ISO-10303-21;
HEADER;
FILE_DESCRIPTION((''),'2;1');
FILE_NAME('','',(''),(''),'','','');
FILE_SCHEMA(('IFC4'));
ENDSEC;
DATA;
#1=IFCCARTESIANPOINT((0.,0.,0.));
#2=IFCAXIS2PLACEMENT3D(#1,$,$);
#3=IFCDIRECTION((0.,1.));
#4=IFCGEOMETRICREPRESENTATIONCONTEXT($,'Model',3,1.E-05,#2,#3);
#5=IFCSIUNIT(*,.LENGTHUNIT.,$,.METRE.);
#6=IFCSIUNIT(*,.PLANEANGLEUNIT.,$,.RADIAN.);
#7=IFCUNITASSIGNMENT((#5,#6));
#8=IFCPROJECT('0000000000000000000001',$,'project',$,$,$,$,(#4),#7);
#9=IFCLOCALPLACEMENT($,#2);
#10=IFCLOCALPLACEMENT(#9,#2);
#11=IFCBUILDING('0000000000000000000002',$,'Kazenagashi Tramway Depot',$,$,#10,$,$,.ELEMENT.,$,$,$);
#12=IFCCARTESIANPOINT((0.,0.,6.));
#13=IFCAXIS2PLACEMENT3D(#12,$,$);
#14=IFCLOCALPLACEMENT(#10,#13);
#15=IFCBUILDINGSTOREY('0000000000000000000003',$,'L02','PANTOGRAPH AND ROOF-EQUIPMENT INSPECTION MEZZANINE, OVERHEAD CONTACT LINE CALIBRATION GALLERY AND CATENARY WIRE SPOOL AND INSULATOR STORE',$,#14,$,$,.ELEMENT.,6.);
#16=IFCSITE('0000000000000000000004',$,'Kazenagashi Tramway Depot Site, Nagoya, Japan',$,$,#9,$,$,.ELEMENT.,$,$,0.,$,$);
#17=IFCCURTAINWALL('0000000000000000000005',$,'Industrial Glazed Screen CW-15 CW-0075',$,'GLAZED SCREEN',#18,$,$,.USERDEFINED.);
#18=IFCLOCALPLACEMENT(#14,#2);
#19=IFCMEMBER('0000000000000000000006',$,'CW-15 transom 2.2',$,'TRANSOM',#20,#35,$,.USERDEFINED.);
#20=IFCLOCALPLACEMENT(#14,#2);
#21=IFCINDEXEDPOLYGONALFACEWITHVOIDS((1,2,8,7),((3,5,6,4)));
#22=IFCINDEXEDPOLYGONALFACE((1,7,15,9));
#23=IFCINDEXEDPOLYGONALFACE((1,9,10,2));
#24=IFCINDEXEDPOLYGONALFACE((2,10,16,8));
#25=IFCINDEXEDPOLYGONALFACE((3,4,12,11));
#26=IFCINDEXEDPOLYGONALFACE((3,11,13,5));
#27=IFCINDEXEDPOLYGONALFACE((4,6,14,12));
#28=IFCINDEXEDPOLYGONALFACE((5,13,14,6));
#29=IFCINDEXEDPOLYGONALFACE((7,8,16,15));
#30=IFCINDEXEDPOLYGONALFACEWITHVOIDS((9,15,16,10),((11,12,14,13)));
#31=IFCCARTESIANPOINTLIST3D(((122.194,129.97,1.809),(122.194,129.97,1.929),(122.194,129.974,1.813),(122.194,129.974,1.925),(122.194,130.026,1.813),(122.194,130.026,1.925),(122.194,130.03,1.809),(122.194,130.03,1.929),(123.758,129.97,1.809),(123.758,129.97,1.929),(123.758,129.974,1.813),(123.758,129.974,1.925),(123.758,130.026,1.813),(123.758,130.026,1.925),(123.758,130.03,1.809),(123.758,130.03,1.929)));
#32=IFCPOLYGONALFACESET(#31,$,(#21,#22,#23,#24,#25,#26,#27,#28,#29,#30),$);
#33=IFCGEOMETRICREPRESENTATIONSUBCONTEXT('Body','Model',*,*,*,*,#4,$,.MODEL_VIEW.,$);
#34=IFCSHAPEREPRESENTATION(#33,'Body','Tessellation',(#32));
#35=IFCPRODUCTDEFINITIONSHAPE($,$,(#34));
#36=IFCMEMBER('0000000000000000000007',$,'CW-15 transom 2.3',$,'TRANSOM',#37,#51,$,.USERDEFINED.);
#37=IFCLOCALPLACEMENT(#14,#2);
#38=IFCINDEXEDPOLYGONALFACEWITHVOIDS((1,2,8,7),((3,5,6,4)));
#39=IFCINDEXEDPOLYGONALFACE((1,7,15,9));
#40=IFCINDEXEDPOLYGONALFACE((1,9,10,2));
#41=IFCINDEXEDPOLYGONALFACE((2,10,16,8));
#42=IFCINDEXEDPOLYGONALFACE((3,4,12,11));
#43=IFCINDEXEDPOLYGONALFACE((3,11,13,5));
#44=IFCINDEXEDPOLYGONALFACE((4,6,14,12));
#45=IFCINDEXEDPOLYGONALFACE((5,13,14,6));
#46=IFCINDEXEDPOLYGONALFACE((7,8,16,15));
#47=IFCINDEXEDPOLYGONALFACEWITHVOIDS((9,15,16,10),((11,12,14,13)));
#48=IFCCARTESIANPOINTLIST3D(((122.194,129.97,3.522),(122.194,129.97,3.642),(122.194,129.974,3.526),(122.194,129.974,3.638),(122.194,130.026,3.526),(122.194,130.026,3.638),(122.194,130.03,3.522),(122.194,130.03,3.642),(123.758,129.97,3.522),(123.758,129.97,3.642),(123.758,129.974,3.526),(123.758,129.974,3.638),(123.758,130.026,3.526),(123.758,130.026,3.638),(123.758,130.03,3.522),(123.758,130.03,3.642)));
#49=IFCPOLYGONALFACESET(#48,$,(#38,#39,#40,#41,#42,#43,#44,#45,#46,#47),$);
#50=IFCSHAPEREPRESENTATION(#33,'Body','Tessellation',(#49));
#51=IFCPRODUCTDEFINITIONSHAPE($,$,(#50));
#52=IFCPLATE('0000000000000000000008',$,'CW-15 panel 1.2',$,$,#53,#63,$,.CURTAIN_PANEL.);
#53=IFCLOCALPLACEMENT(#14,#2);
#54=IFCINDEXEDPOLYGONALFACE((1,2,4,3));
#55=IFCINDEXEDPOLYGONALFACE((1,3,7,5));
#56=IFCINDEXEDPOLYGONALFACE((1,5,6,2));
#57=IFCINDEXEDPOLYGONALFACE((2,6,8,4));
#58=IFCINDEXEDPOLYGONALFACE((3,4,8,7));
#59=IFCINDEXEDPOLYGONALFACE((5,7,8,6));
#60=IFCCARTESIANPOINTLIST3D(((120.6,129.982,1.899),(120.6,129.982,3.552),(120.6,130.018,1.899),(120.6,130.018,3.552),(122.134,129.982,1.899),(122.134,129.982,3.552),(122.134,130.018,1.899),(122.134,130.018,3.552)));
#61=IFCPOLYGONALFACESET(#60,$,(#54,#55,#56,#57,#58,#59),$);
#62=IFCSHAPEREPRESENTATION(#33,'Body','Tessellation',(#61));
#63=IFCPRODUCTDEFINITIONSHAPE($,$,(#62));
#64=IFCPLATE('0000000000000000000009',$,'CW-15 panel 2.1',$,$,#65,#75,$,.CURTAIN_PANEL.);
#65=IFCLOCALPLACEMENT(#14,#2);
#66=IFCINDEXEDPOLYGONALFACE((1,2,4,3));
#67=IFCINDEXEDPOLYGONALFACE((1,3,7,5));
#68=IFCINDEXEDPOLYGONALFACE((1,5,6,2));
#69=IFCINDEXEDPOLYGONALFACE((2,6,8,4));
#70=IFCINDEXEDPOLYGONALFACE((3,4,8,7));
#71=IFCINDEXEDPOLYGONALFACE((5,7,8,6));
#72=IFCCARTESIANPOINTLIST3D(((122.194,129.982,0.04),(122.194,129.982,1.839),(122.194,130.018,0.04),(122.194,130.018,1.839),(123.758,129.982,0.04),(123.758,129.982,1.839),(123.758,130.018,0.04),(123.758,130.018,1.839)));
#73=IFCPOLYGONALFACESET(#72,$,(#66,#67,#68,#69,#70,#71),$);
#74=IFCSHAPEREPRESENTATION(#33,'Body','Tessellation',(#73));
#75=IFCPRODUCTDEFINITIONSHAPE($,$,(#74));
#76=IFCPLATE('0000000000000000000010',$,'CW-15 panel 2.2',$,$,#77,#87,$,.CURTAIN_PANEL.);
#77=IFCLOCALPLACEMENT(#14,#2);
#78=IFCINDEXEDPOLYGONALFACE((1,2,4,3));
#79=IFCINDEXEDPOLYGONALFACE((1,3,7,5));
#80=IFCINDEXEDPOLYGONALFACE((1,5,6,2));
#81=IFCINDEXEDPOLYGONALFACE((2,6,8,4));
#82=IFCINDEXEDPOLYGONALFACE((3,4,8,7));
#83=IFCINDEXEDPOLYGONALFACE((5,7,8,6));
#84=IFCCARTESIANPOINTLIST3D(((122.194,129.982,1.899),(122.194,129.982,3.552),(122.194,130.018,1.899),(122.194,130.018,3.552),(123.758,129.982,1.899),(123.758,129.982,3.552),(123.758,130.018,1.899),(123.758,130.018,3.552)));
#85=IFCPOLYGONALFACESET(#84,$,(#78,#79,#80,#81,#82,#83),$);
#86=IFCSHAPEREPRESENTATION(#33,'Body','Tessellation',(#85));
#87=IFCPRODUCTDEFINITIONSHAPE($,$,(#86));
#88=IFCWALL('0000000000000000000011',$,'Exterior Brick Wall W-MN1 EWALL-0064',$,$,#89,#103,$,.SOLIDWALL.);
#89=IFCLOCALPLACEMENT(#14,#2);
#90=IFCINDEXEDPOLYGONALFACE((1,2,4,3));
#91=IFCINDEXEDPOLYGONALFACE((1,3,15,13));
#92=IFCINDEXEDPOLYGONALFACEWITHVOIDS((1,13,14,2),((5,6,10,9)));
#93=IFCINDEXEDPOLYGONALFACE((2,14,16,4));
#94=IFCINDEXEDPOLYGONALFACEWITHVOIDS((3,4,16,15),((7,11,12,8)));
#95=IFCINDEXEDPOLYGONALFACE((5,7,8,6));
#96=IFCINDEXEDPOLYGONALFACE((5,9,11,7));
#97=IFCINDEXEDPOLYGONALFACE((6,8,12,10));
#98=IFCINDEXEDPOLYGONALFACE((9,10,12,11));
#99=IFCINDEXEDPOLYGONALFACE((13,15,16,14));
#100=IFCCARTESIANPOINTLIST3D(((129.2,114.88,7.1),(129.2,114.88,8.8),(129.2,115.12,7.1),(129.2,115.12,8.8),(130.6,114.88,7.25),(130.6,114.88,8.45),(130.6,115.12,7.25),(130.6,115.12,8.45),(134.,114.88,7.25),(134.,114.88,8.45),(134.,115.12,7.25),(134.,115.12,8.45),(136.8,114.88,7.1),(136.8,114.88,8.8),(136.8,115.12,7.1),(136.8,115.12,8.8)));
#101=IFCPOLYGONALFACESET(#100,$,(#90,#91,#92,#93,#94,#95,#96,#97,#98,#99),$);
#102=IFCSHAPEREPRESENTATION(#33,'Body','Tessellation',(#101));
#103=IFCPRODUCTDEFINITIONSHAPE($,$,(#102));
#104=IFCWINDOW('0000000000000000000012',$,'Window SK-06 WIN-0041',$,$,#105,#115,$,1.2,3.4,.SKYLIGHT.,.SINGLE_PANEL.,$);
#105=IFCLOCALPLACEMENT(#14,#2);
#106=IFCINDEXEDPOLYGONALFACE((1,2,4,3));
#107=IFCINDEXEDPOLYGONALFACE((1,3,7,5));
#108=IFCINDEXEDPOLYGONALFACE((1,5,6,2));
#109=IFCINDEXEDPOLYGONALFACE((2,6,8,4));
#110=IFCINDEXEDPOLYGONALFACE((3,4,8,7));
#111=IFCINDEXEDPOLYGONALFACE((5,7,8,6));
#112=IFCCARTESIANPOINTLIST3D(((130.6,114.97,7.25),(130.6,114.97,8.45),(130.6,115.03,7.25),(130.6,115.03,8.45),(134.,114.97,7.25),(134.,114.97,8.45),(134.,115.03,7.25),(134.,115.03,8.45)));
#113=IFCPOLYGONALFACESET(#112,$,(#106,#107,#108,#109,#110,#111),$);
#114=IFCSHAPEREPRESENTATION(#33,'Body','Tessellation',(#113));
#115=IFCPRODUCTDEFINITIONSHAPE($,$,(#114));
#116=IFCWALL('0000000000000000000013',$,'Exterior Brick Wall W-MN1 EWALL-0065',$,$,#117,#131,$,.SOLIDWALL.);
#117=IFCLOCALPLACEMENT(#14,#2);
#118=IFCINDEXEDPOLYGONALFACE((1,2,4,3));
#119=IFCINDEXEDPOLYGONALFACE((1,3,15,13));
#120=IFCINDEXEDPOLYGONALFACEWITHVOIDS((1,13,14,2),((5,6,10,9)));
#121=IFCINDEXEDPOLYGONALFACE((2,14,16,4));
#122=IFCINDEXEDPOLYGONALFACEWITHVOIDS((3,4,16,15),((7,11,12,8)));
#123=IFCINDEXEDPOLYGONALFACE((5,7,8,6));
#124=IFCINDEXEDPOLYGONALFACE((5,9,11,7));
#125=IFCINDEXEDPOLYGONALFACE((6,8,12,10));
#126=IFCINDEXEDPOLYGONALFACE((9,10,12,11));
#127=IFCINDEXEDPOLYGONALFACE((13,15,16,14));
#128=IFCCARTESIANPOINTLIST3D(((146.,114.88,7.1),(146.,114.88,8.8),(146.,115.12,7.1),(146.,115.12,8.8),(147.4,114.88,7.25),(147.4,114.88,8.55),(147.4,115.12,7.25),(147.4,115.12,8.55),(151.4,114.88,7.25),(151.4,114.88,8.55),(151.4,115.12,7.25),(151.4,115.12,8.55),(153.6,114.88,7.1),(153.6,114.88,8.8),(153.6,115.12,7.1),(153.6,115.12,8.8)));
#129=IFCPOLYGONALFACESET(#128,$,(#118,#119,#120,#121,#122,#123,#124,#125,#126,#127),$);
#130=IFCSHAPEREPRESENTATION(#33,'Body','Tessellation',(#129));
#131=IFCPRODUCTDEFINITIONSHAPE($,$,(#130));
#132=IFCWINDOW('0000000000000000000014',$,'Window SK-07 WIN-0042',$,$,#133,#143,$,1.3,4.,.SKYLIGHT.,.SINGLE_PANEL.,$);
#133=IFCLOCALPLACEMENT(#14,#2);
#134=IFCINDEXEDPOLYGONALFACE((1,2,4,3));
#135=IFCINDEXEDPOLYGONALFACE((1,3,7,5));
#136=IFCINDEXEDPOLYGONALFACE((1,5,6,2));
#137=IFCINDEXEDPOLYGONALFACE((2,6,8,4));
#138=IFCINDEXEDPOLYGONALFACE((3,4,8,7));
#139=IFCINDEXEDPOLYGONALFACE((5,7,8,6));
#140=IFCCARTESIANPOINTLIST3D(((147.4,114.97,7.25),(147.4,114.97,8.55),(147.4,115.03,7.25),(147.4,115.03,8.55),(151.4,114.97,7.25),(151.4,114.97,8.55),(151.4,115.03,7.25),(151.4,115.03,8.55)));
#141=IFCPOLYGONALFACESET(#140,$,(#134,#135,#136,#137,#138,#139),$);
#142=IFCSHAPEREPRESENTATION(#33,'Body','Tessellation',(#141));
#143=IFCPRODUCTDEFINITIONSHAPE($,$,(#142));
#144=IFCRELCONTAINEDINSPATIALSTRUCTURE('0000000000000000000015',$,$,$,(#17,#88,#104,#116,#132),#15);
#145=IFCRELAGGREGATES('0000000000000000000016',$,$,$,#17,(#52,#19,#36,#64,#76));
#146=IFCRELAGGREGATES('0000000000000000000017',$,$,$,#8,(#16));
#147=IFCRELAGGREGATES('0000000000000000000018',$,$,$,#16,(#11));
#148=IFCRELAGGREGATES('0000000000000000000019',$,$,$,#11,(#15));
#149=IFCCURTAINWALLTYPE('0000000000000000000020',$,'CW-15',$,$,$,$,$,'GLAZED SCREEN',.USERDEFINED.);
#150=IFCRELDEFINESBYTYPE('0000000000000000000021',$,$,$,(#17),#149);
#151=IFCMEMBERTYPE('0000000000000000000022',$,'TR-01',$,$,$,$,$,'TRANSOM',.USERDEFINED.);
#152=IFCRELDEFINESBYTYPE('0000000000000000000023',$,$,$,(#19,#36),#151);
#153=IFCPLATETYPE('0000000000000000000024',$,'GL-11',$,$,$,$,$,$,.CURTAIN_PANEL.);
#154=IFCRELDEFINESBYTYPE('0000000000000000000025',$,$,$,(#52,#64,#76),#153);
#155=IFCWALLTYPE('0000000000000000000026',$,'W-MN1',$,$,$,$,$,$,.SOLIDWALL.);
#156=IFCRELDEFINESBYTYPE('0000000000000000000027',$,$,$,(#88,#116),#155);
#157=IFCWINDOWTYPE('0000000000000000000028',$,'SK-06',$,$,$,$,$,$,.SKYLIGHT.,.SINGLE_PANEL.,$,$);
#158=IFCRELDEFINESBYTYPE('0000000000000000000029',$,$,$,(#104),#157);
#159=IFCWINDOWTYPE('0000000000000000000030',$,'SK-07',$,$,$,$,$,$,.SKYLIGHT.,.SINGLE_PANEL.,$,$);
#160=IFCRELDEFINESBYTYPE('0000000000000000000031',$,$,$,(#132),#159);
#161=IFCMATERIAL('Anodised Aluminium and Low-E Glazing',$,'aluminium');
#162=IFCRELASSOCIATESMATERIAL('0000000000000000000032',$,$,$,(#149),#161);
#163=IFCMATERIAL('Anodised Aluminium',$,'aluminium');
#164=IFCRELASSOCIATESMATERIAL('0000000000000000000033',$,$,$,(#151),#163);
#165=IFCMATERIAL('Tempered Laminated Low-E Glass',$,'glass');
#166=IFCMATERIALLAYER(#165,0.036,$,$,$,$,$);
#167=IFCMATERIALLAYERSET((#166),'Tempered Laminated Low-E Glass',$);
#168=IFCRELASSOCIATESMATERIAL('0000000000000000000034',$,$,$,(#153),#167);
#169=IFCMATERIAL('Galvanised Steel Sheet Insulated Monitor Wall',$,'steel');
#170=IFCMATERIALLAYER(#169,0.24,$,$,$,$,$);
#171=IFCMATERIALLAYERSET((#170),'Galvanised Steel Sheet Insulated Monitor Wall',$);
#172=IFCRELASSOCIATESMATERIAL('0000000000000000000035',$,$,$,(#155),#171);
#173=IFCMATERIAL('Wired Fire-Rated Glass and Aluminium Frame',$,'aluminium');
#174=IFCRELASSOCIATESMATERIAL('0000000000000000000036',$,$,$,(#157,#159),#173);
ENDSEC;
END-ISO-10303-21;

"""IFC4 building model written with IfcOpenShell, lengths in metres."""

from ifc_helpers import new_model, si_unit, direction, frame, frame_2d, origin, origin_2d, place, context, subcontext, project, spatial, rectangle, hollow_rectangle, extrude, material, layer, layer_set, material_profile, profile_set, type_object, element, fill, aggregate, save


model = new_model("IFC4")

# Units and contexts
model_context = context("Model", 3, precision=1e-05, world=origin(), true_north=direction((0.0, 1.0)))
body_context = subcontext(model_context, "Body", "Model", "MODEL_VIEW")
ifc_project = project(units=[si_unit("LENGTHUNIT", "METRE"), si_unit("PLANEANGLEUNIT", "RADIAN")], contexts=[model_context])

# Site, building, storey
site_placement = place(None, origin())
site = spatial("IfcSite", under=ifc_project, at=site_placement, Name="Kazenagashi Tramway Depot Site, Nagoya, Japan", CompositionType="ELEMENT", RefElevation=0.0)
building_placement = place(site_placement, origin())
building = spatial("IfcBuilding", under=site, at=building_placement, Name="Kazenagashi Tramway Depot", CompositionType="ELEMENT")
storey_placement = place(building_placement, frame((0.0, 0.0, 6.0)))
storey = spatial("IfcBuildingStorey", under=building, at=storey_placement, Name="L02", Description="PANTOGRAPH AND ROOF-EQUIPMENT INSPECTION MEZZANINE, OVERHEAD CONTACT LINE CALIBRATION GALLERY AND CATENARY WIRE SPOOL AND INSULATOR STORE", CompositionType="ELEMENT", Elevation=6.0)

# Curtain wall
ifc_material_1 = material(Name="Anodised Aluminium and Low-E Glazing", Category="aluminium")
curtain_wall_type = type_object("IfcCurtainWallType", Name="CW-15", ElementType="GLAZED SCREEN", PredefinedType="USERDEFINED", material=ifc_material_1)
curtain_wall_placement = place(storey_placement, origin())
curtain_wall = element("IfcCurtainWall", 1, at=curtain_wall_placement, inside=storey, type_object=curtain_wall_type, Name="Industrial Glazed Screen CW-15 CW-0075", ObjectType="GLAZED SCREEN", PredefinedType="USERDEFINED")
ifc_material_2 = material(Name="Anodised Aluminium", Category="aluminium")

# Members
ifc_material_profile_1 = material_profile(ifc_material_2, hollow_rectangle(XDim=0.06, YDim=0.12, WallThickness=0.004, at=origin_2d()), Name="RHS-120x60x4")
ifc_profile_set_1 = profile_set([ifc_material_profile_1], Name="Anodised Aluminium")
member_type_1 = type_object("IfcMemberType", Name="TR-01", ElementType="TRANSOM", PredefinedType="USERDEFINED", material=ifc_profile_set_1)
member_1_placement = place(storey_placement, frame((122.194, 130.0, 1.869), z_axis=(1.0, 0.0, 0.0), x_axis=(0.0, 1.0, 0.0)))
member_1 = element("IfcMember", 2, at=member_1_placement, type_object=member_type_1, Name="CW-15 transom 2.2", ObjectType="TRANSOM", PredefinedType="USERDEFINED", context=body_context, shape_type="SweptSolid", body=[
    extrude(hollow_rectangle(XDim=0.06, YDim=0.12, WallThickness=0.004, at=origin_2d()), origin(), (0.0, 0.0, 1.0), 1.564),
])
member_2_placement = place(storey_placement, frame((122.194, 130.0, 3.582), z_axis=(1.0, 0.0, 0.0), x_axis=(0.0, 1.0, 0.0)))
member_2 = element("IfcMember", 3, at=member_2_placement, type_object=member_type_1, Name="CW-15 transom 2.3", ObjectType="TRANSOM", PredefinedType="USERDEFINED", context=body_context, shape_type="SweptSolid", body=[
    extrude(hollow_rectangle(XDim=0.06, YDim=0.12, WallThickness=0.004, at=origin_2d()), origin(), (0.0, 0.0, 1.0), 1.564),
])

# Plates
ifc_material_3 = material(Name="Tempered Laminated Low-E Glass", Category="glass")
ifc_layer_1 = layer(ifc_material_3, 0.036)
ifc_layer_set_1 = layer_set([ifc_layer_1], Name="Tempered Laminated Low-E Glass")
plate_type = type_object("IfcPlateType", Name="GL-11", PredefinedType="CURTAIN_PANEL", material=ifc_layer_set_1)
plate_1_placement = place(storey_placement, frame((121.367, 130.0, 1.899), z_axis=(0.0, 0.0, 1.0), x_axis=(1.0, 0.0, 0.0)))
plate_1 = element("IfcPlate", 4, at=plate_1_placement, type_object=plate_type, Name="CW-15 panel 1.2", PredefinedType="CURTAIN_PANEL", context=body_context, shape_type="SweptSolid", body=[
    extrude(rectangle(XDim=1.534, YDim=0.036, at=origin_2d()), origin(), (0.0, 0.0, 1.0), 1.653),
])
plate_2_placement = place(storey_placement, frame((122.976, 130.0, 0.04), z_axis=(0.0, 0.0, 1.0), x_axis=(1.0, 0.0, 0.0)))
plate_2 = element("IfcPlate", 5, at=plate_2_placement, type_object=plate_type, Name="CW-15 panel 2.1", PredefinedType="CURTAIN_PANEL", context=body_context, shape_type="SweptSolid", body=[
    extrude(rectangle(XDim=1.564, YDim=0.036, at=origin_2d()), origin(), (0.0, 0.0, 1.0), 1.799),
])
plate_3_placement = place(storey_placement, frame((122.976, 130.0, 1.899), z_axis=(0.0, 0.0, 1.0), x_axis=(1.0, 0.0, 0.0)))
plate_3 = element("IfcPlate", 6, at=plate_3_placement, type_object=plate_type, Name="CW-15 panel 2.2", PredefinedType="CURTAIN_PANEL", context=body_context, shape_type="SweptSolid", body=[
    extrude(rectangle(XDim=1.564, YDim=0.036, at=origin_2d()), origin(), (0.0, 0.0, 1.0), 1.653),
])
aggregate(curtain_wall, [plate_1, member_1, member_2, plate_2, plate_3])

# Walls, openings, windows
ifc_material_4 = material(Name="Galvanised Steel Sheet Insulated Monitor Wall", Category="steel")
ifc_layer_2 = layer(ifc_material_4, 0.24)
ifc_layer_set_2 = layer_set([ifc_layer_2], Name="Galvanised Steel Sheet Insulated Monitor Wall")
wall_type = type_object("IfcWallType", Name="W-MN1", PredefinedType="SOLIDWALL", material=ifc_layer_set_2)
wall_1_placement = place(storey_placement, frame((129.2, 115.0, 7.1), z_axis=(0.0, 0.0, 1.0), x_axis=(1.0, 0.0, 0.0)))
wall_1 = element("IfcWall", 7, at=wall_1_placement, inside=storey, type_object=wall_type, Name="Exterior Brick Wall W-MN1 EWALL-0064", PredefinedType="SOLIDWALL", context=body_context, shape_type="SweptSolid", body=[
    extrude(rectangle(XDim=7.6, YDim=0.24, at=frame_2d((3.8, 0.0))), origin(), (0.0, 0.0, 1.0), 1.7),
])
opening_1_placement = place(wall_1_placement, frame((1.4, 0.0, 0.15)))
opening_1 = element("IfcOpeningElement", 8, at=opening_1_placement, cuts=wall_1, PredefinedType="OPENING", context=body_context, shape_type="SweptSolid", body=[
    extrude(rectangle(XDim=3.4, YDim=1.2, at=frame_2d((1.7, 0.6))), frame((0.0, 0.13, 0.0), z_axis=(0.0, -1.0, 0.0), x_axis=(1.0, 0.0, 0.0)), (0.0, 0.0, 1.0), 0.26),
])
ifc_material_5 = material(Name="Wired Fire-Rated Glass and Aluminium Frame", Category="aluminium")
window_type_1 = type_object("IfcWindowType", Name="SK-06", PartitioningType="SINGLE_PANEL", PredefinedType="SKYLIGHT", material=ifc_material_5)
window_1_placement = place(opening_1_placement, origin())
window_1 = element("IfcWindow", 9, at=window_1_placement, inside=storey, type_object=window_type_1, Name="Window SK-06 WIN-0041", OverallHeight=1.2, OverallWidth=3.4, PartitioningType="SINGLE_PANEL", PredefinedType="SKYLIGHT", context=body_context, shape_type="SweptSolid", body=[
    extrude(rectangle(XDim=3.4, YDim=1.2, at=frame_2d((1.7, 0.6))), frame((0.0, 0.03, 0.0), z_axis=(0.0, -1.0, 0.0), x_axis=(1.0, 0.0, 0.0)), (0.0, 0.0, 1.0), 0.06),
])
fill(opening_1, window_1)
wall_2_placement = place(storey_placement, frame((146.0, 115.0, 7.1), z_axis=(0.0, 0.0, 1.0), x_axis=(1.0, 0.0, 0.0)))
wall_2 = element("IfcWall", 10, at=wall_2_placement, inside=storey, type_object=wall_type, Name="Exterior Brick Wall W-MN1 EWALL-0065", PredefinedType="SOLIDWALL", context=body_context, shape_type="SweptSolid", body=[
    extrude(rectangle(XDim=7.6, YDim=0.24, at=frame_2d((3.8, 0.0))), origin(), (0.0, 0.0, 1.0), 1.7),
])
opening_2_placement = place(wall_2_placement, frame((1.4, 0.0, 0.15)))
opening_2 = element("IfcOpeningElement", 11, at=opening_2_placement, cuts=wall_2, PredefinedType="OPENING", context=body_context, shape_type="SweptSolid", body=[
    extrude(rectangle(XDim=4.0, YDim=1.3, at=frame_2d((2.0, 0.65))), frame((0.0, 0.13, 0.0), z_axis=(0.0, -1.0, 0.0), x_axis=(1.0, 0.0, 0.0)), (0.0, 0.0, 1.0), 0.26),
])
window_type_2 = type_object("IfcWindowType", Name="SK-07", PartitioningType="SINGLE_PANEL", PredefinedType="SKYLIGHT", material=ifc_material_5)
window_2_placement = place(opening_2_placement, origin())
window_2 = element("IfcWindow", 12, at=window_2_placement, inside=storey, type_object=window_type_2, Name="Window SK-07 WIN-0042", OverallHeight=1.3, OverallWidth=4.0, PartitioningType="SINGLE_PANEL", PredefinedType="SKYLIGHT", context=body_context, shape_type="SweptSolid", body=[
    extrude(rectangle(XDim=4.0, YDim=1.3, at=frame_2d((2.0, 0.65))), frame((0.0, 0.03, 0.0), z_axis=(0.0, -1.0, 0.0), x_axis=(1.0, 0.0, 0.0)), (0.0, 0.0, 1.0), 0.06),
])
fill(opening_2, window_2)

save(model, "model.ifc")
